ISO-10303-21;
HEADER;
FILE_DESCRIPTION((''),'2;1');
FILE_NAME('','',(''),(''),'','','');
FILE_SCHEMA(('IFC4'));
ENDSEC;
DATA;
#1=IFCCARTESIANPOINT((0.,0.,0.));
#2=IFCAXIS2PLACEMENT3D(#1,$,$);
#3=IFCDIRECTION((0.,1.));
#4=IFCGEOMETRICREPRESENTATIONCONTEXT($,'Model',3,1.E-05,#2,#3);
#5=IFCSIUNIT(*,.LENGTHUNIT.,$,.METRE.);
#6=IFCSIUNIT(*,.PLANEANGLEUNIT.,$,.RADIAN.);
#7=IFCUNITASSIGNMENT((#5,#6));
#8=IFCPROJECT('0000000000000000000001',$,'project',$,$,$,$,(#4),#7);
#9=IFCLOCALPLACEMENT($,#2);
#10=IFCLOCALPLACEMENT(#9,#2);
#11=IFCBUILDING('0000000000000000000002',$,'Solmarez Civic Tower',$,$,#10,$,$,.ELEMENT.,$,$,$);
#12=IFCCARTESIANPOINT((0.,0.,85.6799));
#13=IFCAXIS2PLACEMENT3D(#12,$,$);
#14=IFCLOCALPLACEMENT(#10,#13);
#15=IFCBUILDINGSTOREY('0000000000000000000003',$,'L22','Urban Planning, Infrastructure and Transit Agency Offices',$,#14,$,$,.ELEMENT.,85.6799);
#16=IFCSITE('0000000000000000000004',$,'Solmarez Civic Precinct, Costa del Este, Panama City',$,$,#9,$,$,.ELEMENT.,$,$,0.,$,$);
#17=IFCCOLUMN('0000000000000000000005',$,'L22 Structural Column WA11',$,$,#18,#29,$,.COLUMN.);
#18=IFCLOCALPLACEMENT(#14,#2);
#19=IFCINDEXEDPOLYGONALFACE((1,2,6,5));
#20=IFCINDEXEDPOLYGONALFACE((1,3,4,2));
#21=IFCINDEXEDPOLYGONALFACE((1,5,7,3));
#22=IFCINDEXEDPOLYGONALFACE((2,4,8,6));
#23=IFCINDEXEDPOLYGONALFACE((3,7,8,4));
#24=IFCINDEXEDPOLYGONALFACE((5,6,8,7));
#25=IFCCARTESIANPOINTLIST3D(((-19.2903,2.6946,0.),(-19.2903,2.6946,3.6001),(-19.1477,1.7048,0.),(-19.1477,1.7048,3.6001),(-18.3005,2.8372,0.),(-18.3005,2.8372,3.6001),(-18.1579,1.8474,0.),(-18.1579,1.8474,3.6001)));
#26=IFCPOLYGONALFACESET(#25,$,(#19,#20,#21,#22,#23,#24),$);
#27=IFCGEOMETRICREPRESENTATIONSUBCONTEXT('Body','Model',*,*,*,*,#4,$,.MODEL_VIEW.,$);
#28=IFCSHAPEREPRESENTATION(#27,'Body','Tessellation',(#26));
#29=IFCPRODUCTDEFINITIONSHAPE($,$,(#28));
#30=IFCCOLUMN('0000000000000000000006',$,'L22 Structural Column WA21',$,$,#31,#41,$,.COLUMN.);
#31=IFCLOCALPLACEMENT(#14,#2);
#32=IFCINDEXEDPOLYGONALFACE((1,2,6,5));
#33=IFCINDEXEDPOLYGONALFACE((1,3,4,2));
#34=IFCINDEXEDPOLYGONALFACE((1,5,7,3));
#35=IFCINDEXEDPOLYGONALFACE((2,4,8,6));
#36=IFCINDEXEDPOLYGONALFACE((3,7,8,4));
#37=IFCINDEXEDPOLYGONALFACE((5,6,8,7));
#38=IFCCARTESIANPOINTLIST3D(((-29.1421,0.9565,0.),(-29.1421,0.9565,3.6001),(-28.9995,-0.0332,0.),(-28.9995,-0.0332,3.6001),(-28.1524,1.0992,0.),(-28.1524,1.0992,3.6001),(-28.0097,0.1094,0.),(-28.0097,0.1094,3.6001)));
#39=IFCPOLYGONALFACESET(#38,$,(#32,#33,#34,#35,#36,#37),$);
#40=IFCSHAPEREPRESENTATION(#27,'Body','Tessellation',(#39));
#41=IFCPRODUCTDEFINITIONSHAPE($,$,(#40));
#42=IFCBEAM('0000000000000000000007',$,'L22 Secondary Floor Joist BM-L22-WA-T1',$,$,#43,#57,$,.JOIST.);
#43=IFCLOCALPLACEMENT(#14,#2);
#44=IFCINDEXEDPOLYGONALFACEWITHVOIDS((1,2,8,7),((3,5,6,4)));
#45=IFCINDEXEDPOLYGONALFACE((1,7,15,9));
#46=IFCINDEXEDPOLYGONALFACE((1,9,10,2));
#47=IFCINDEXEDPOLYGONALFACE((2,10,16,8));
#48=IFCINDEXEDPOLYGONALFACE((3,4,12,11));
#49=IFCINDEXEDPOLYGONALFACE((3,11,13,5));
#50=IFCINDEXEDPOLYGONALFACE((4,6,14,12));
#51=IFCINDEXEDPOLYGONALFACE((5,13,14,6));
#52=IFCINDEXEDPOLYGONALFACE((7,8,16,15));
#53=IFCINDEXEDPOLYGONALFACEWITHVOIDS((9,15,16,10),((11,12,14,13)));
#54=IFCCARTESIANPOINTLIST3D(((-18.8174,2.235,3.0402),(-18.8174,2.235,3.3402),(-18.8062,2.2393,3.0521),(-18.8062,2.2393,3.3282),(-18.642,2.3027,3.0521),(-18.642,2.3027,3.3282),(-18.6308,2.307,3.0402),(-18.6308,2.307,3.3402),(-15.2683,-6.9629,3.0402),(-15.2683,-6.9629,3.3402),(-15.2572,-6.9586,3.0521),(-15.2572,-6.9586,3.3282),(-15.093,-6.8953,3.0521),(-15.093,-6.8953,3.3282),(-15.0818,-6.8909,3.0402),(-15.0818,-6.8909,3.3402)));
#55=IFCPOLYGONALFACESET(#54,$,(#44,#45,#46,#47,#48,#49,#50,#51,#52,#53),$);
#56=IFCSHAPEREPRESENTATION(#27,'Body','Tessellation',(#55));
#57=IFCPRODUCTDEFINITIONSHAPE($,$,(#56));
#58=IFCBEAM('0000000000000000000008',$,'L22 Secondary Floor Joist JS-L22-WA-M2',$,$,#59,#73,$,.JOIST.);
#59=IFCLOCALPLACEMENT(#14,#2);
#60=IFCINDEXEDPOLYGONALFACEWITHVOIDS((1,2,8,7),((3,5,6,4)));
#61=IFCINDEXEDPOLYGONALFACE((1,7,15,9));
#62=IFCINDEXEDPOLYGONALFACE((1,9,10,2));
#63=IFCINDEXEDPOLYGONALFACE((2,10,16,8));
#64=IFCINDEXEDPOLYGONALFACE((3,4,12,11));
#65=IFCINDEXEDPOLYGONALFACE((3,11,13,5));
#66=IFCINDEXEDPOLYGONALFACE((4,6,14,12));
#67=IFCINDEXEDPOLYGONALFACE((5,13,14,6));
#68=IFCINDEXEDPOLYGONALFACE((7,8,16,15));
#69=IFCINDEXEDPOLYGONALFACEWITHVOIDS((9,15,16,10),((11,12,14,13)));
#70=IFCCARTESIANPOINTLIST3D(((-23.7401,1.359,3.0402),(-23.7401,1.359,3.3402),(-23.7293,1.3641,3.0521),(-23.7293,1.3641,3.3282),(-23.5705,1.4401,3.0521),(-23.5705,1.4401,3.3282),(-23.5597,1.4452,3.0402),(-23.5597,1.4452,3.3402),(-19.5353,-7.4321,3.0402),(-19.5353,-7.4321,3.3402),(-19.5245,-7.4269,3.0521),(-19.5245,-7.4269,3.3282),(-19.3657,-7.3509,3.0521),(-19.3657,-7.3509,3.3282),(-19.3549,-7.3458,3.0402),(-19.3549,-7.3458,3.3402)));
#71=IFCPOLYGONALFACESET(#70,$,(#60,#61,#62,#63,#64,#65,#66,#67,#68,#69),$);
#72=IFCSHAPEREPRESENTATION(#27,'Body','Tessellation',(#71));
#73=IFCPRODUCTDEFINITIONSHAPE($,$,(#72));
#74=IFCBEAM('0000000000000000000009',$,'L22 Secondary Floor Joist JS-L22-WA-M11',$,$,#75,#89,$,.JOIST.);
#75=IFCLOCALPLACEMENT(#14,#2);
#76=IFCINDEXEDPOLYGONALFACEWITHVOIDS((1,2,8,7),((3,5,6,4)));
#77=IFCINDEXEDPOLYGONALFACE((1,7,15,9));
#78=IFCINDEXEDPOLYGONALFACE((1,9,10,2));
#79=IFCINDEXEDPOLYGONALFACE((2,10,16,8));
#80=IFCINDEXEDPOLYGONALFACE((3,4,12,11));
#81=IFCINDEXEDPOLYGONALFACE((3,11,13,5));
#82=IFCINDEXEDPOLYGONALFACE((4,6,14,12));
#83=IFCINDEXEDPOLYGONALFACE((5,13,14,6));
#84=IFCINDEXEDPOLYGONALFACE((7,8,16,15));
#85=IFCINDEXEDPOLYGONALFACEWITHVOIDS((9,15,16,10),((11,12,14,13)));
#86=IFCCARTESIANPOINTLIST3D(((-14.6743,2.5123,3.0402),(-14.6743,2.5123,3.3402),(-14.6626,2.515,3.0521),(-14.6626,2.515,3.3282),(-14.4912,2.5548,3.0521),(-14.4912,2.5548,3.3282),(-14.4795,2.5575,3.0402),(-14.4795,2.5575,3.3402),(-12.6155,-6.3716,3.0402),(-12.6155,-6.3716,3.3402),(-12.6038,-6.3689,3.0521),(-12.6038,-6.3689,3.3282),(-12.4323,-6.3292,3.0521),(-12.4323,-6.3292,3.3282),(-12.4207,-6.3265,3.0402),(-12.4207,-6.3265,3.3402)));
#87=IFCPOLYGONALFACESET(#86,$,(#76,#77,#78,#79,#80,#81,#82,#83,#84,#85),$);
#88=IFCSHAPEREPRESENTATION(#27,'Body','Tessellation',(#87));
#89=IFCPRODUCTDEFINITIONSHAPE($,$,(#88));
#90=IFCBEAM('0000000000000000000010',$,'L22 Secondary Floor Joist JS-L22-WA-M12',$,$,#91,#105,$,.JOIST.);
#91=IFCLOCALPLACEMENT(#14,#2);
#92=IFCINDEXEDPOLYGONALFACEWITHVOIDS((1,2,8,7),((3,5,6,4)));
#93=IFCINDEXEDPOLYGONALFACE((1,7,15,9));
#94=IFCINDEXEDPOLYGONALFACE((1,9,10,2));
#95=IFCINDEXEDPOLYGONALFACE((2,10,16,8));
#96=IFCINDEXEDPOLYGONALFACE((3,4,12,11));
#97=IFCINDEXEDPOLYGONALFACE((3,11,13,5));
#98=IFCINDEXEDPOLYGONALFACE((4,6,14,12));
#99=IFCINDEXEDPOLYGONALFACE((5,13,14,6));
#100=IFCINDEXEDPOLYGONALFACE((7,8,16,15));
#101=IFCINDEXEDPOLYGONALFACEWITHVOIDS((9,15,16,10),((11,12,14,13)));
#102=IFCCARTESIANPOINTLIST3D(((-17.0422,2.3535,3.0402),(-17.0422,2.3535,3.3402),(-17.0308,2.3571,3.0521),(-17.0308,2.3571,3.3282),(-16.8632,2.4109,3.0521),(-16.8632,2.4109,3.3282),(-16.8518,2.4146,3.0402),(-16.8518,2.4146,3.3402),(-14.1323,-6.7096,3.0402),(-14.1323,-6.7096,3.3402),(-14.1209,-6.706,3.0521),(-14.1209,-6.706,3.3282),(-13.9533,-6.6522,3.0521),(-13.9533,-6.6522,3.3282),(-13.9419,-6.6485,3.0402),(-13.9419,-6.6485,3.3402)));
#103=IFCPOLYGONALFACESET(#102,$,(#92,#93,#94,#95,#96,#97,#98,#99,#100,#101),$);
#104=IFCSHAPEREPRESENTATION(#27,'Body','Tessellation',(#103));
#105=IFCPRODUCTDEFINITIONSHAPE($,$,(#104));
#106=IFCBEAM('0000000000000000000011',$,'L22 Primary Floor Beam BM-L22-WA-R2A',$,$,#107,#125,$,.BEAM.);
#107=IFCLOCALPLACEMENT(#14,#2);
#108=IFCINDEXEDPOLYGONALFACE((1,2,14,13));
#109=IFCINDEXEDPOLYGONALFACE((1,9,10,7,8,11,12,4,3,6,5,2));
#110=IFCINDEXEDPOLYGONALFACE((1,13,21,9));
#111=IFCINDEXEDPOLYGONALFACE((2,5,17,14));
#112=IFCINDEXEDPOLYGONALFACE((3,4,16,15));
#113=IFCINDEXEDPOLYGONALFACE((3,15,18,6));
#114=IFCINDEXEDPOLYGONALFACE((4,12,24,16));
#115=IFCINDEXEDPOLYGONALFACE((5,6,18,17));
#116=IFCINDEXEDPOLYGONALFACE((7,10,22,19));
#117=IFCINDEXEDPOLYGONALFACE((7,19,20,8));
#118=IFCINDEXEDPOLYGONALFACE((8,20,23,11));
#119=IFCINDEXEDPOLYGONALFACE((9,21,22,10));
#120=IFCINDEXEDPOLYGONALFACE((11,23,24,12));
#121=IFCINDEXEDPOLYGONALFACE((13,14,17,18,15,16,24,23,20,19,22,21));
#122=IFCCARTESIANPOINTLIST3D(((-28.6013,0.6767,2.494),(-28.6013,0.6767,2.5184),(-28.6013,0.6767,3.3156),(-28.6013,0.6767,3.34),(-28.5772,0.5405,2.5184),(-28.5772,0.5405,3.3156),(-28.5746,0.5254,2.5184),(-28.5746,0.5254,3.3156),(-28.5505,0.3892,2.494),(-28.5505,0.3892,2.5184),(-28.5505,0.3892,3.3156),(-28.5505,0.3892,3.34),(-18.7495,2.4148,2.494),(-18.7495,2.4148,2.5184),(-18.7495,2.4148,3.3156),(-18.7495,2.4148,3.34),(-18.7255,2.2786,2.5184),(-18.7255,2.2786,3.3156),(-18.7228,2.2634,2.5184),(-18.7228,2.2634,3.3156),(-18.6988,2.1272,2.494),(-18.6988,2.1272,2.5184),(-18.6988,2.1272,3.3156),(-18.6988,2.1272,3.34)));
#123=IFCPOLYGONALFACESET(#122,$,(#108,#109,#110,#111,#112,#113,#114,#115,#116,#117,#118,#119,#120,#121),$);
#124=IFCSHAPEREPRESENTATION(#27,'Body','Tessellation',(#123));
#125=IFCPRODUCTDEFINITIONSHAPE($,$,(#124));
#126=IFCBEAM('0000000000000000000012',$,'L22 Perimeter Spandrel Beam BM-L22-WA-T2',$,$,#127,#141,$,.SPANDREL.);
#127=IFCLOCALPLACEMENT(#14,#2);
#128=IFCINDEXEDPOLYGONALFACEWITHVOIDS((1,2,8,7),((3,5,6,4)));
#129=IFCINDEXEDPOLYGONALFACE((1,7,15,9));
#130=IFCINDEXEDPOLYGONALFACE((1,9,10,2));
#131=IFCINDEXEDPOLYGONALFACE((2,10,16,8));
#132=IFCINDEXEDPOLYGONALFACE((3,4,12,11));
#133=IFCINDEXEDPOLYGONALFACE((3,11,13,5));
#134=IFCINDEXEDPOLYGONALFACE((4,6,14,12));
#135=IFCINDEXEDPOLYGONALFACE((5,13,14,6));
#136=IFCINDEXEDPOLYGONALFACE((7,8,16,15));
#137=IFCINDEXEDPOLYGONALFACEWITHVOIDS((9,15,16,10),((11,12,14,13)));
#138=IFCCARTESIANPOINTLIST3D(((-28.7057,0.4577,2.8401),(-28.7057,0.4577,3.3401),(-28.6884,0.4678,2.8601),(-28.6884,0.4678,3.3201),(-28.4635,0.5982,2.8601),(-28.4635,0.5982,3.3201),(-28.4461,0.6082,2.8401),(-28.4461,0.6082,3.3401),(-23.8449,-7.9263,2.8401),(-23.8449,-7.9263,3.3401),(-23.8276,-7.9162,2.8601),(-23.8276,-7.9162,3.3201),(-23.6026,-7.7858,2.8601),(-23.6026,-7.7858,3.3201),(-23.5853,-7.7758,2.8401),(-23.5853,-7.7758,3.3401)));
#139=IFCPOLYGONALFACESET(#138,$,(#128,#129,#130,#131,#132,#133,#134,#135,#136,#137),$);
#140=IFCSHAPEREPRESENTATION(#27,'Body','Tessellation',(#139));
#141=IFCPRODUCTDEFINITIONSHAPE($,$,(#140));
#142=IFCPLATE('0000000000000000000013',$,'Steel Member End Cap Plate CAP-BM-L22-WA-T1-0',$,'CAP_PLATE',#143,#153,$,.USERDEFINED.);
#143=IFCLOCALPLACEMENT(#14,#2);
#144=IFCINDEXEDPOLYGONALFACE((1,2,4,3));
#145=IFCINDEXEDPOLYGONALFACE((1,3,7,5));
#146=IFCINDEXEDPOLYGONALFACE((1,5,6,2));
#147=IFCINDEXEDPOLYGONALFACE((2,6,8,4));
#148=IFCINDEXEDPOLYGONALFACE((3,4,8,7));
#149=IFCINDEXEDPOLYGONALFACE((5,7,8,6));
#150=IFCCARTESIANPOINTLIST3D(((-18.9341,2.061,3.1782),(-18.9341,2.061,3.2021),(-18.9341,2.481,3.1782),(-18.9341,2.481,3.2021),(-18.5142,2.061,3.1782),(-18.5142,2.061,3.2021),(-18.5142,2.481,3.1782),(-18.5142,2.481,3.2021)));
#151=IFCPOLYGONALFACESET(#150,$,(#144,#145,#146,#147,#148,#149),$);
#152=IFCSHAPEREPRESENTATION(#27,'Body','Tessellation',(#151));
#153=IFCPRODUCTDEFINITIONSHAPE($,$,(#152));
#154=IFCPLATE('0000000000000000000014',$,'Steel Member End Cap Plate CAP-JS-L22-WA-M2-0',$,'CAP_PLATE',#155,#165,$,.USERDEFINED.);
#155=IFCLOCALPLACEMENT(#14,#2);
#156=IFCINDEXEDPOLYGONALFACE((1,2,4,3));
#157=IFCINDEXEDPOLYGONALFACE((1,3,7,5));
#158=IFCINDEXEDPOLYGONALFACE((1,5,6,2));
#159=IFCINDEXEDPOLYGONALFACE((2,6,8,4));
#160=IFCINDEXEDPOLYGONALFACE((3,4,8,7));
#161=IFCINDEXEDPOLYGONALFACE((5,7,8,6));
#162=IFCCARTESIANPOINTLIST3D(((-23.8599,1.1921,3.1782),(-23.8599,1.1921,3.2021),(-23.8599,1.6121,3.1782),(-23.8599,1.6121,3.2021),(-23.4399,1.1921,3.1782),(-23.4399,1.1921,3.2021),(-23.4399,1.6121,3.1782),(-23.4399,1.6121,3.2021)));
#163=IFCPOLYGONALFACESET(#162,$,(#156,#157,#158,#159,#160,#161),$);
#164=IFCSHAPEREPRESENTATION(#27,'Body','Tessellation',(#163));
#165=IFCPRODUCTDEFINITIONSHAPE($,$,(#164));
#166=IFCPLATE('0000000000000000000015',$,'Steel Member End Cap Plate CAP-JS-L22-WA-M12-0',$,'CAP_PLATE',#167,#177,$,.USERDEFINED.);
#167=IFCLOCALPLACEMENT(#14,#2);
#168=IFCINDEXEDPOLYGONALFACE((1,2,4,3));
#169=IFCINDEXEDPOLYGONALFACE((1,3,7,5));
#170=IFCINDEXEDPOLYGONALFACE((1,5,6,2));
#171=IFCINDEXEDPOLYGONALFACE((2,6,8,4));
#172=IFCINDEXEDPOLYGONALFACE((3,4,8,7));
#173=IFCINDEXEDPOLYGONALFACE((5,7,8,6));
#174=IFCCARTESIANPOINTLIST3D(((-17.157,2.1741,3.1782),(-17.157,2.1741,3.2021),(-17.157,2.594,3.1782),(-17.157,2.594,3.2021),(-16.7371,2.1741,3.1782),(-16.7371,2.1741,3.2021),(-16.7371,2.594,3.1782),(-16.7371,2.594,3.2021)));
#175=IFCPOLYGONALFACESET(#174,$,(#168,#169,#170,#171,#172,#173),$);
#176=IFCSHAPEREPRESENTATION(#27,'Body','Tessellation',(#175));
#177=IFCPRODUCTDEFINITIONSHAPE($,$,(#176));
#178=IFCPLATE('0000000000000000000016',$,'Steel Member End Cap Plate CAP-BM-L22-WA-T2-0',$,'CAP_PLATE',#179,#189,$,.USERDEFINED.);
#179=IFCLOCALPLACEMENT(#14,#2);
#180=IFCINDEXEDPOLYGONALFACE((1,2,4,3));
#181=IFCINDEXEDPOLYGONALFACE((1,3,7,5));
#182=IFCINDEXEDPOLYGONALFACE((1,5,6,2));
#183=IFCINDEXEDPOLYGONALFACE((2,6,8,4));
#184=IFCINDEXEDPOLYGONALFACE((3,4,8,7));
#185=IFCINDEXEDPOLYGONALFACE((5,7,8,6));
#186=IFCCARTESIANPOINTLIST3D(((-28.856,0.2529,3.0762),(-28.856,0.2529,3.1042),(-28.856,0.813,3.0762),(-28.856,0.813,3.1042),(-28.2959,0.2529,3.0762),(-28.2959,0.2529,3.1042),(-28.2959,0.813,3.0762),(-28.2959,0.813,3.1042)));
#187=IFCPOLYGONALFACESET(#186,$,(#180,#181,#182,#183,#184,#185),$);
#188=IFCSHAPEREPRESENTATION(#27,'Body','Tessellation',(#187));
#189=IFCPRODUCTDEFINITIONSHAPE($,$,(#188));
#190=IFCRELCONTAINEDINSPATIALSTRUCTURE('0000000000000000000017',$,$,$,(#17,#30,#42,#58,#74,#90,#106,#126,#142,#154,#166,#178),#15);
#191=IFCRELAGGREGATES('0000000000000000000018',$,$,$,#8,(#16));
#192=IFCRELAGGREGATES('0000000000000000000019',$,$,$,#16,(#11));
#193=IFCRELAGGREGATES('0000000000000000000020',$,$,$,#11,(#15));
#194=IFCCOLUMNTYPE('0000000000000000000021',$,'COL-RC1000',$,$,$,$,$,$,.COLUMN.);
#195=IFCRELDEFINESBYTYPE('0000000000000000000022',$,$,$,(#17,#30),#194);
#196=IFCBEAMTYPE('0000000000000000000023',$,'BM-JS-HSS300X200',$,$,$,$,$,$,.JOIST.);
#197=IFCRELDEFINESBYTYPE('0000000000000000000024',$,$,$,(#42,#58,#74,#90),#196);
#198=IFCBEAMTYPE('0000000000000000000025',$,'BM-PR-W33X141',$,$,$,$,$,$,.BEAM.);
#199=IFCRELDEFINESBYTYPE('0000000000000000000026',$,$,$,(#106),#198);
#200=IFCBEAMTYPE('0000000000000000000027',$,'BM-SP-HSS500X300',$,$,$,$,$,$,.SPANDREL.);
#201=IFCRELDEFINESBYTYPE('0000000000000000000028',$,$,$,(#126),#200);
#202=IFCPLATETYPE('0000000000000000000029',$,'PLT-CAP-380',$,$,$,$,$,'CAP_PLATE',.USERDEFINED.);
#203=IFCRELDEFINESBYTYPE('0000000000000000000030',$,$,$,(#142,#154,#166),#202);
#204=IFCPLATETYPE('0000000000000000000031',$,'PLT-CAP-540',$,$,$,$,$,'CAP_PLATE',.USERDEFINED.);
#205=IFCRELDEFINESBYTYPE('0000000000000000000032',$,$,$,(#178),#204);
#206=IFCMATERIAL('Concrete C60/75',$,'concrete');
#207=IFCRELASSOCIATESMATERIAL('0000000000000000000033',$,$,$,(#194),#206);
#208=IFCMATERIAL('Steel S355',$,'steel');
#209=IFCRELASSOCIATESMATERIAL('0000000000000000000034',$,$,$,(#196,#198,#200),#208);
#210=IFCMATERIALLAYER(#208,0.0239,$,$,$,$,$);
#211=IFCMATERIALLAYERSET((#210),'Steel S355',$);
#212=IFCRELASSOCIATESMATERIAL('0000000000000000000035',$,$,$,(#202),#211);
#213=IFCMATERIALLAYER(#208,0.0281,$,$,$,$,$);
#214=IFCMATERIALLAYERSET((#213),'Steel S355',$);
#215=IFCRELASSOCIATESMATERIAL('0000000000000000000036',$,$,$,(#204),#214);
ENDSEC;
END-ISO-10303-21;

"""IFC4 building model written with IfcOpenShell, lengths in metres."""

from ifc_helpers import new_model, si_unit, direction, frame, origin, origin_2d, place, context, subcontext, project, spatial, rectangle, hollow_rectangle, i_section, extrude, material, layer, layer_set, material_profile, profile_set, type_object, element, save


model = new_model("IFC4")

# Units and contexts
model_context = context("Model", 3, precision=1e-05, world=origin(), true_north=direction((0.0, 1.0)))
body_context = subcontext(model_context, "Body", "Model", "MODEL_VIEW")
ifc_project = project(units=[si_unit("LENGTHUNIT", "METRE"), si_unit("PLANEANGLEUNIT", "RADIAN")], contexts=[model_context])

# Site, building, storey
site_placement = place(None, origin())
site = spatial("IfcSite", under=ifc_project, at=site_placement, Name="Solmarez Civic Precinct, Costa del Este, Panama City", CompositionType="ELEMENT", RefElevation=0.0)
building_placement = place(site_placement, origin())
building = spatial("IfcBuilding", under=site, at=building_placement, Name="Solmarez Civic Tower", CompositionType="ELEMENT")
storey_placement = place(building_placement, frame((0.0, 0.0, 85.6799)))
storey = spatial("IfcBuildingStorey", under=building, at=storey_placement, Name="L22", Description="Urban Planning, Infrastructure and Transit Agency Offices", CompositionType="ELEMENT", Elevation=85.6799)

# Columns
ifc_material_1 = material(Name="Concrete C60/75", Category="concrete")
ifc_material_profile_1 = material_profile(ifc_material_1, rectangle(XDim=1.0, YDim=1.0, at=origin_2d()), Name="RC1000X1000")
ifc_profile_set_1 = profile_set([ifc_material_profile_1], Name="Concrete C60/75")
column_type = type_object("IfcColumnType", Name="COL-RC1000", PredefinedType="COLUMN", material=ifc_profile_set_1)
for number, where, z_axis, x_axis, name in (
    (1, (-18.7241, 2.271, 0.0), (0.0, 0.0, 1.0), (0.989776, 0.142629, 0.0), "L22 Structural Column WA11"),
    (2, (-28.5759, 0.533, 0.0), (0.0, 0.0, 1.0), (0.989776, 0.142629, 0.0), "L22 Structural Column WA21"),
):
    element("IfcColumn", number, at=place(storey_placement, frame(where, z_axis=z_axis, x_axis=x_axis)), inside=storey, type_object=column_type, Name=name, PredefinedType="COLUMN", context=body_context, shape_type="SweptSolid", body=[
        extrude(rectangle(XDim=1.0, YDim=1.0, at=origin_2d()), origin(), (0.0, 0.0, 1.0), 3.6001),
    ])

# Beams
ifc_material_2 = material(Name="Steel S355", Category="steel")
ifc_material_profile_2 = material_profile(ifc_material_2, hollow_rectangle(XDim=0.2, YDim=0.3, WallThickness=0.012, at=origin_2d()), Name="HSS300X200X12")
ifc_profile_set_2 = profile_set([ifc_material_profile_2], Name="Steel S355")
beam_type_1 = type_object("IfcBeamType", Name="BM-JS-HSS300X200", PredefinedType="JOIST", material=ifc_profile_set_2)
beam_1_placement = place(storey_placement, frame((-18.7241, 2.271, 3.1902), z_axis=(0.359984, -0.932958, 0.0), x_axis=(0.932958, 0.359984, 0.0)))
element("IfcBeam", 3, at=beam_1_placement, inside=storey, type_object=beam_type_1, Name="L22 Secondary Floor Joist BM-L22-WA-T1", PredefinedType="JOIST", context=body_context, shape_type="SweptSolid", body=[
    extrude(hollow_rectangle(XDim=0.2, YDim=0.3, WallThickness=0.012, at=origin_2d()), origin(), (0.0, 0.0, 1.0), 9.8589),
])
beam_2_placement = place(storey_placement, frame((-23.6499, 1.4021, 3.1902), z_axis=(0.431492, -0.902117, 0.0), x_axis=(0.902117, 0.431492, 0.0)))
element("IfcBeam", 4, at=beam_2_placement, inside=storey, type_object=beam_type_1, Name="L22 Secondary Floor Joist JS-L22-WA-M2", PredefinedType="JOIST", context=body_context, shape_type="SweptSolid", body=[
    extrude(hollow_rectangle(XDim=0.2, YDim=0.3, WallThickness=0.012, at=origin_2d()), origin(), (0.0, 0.0, 1.0), 9.7449),
])
beam_3_placement = place(storey_placement, frame((-14.5769, 2.5349, 3.1902), z_axis=(0.225763, -0.974182, 0.0), x_axis=(0.974182, 0.225763, 0.0)))
element("IfcBeam", 5, at=beam_3_placement, inside=storey, type_object=beam_type_1, Name="L22 Secondary Floor Joist JS-L22-WA-M11", PredefinedType="JOIST", context=body_context, shape_type="SweptSolid", body=[
    extrude(hollow_rectangle(XDim=0.2, YDim=0.3, WallThickness=0.012, at=origin_2d()), origin(), (0.0, 0.0, 1.0), 9.1194),
])
beam_4_placement = place(storey_placement, frame((-16.947, 2.384, 3.1902), z_axis=(0.305705, -0.952126, 0.0), x_axis=(0.952126, 0.305705, 0.0)))
element("IfcBeam", 6, at=beam_4_placement, inside=storey, type_object=beam_type_1, Name="L22 Secondary Floor Joist JS-L22-WA-M12", PredefinedType="JOIST", context=body_context, shape_type="SweptSolid", body=[
    extrude(hollow_rectangle(XDim=0.2, YDim=0.3, WallThickness=0.012, at=origin_2d()), origin(), (0.0, 0.0, 1.0), 9.5188),
])
ifc_material_profile_3 = material_profile(ifc_material_2, i_section(OverallWidth=0.292, OverallDepth=0.8459, WebThickness=0.0154, FlangeThickness=0.0244, at=origin_2d()), Name="W33X141")
ifc_profile_set_3 = profile_set([ifc_material_profile_3], Name="Steel S355")
beam_type_2 = type_object("IfcBeamType", Name="BM-PR-W33X141", PredefinedType="BEAM", material=ifc_profile_set_3)
beam_5_placement = place(storey_placement, frame((-18.7241, 2.271, 2.917), z_axis=(-0.984792, -0.173735, 0.0), x_axis=(0.173735, -0.984792, 0.0)))
element("IfcBeam", 7, at=beam_5_placement, inside=storey, type_object=beam_type_2, Name="L22 Primary Floor Beam BM-L22-WA-R2A", PredefinedType="BEAM", context=body_context, shape_type="SweptSolid", body=[
    extrude(i_section(OverallWidth=0.292, OverallDepth=0.8459, WebThickness=0.0154, FlangeThickness=0.0244, at=origin_2d()), origin(), (0.0, 0.0, 1.0), 10.0039),
])
ifc_material_profile_4 = material_profile(ifc_material_2, hollow_rectangle(XDim=0.3, YDim=0.5, WallThickness=0.02, at=origin_2d()), Name="HSS500X300X20")
ifc_profile_set_4 = profile_set([ifc_material_profile_4], Name="Steel S355")
beam_type_3 = type_object("IfcBeamType", Name="BM-SP-HSS500X300", PredefinedType="SPANDREL", material=ifc_profile_set_4)
beam_6_placement = place(storey_placement, frame((-28.5759, 0.533, 3.0901), z_axis=(0.501571, -0.865116, 0.0), x_axis=(0.865116, 0.501571, 0.0)))
element("IfcBeam", 8, at=beam_6_placement, inside=storey, type_object=beam_type_3, Name="L22 Perimeter Spandrel Beam BM-L22-WA-T2", PredefinedType="SPANDREL", context=body_context, shape_type="SweptSolid", body=[
    extrude(hollow_rectangle(XDim=0.3, YDim=0.5, WallThickness=0.02, at=origin_2d()), origin(), (0.0, 0.0, 1.0), 9.6912),
])

# Plates
ifc_layer_1 = layer(ifc_material_2, 0.0239)
ifc_layer_set_1 = layer_set([ifc_layer_1], Name="Steel S355")
plate_type_1 = type_object("IfcPlateType", Name="PLT-CAP-380", ElementType="CAP_PLATE", PredefinedType="USERDEFINED", material=ifc_layer_set_1)
for number, where, z_axis, x_axis, name in (
    (9, (-18.7241, 2.271, 3.1782), (0.0, 0.0, 1.0), (1.0, 0.0, 0.0), "Steel Member End Cap Plate CAP-BM-L22-WA-T1-0"),
    (10, (-23.6499, 1.4021, 3.1782), (0.0, 0.0, 1.0), (1.0, 0.0, 0.0), "Steel Member End Cap Plate CAP-JS-L22-WA-M2-0"),
    (11, (-16.947, 2.384, 3.1782), (0.0, 0.0, 1.0), (1.0, 0.0, 0.0), "Steel Member End Cap Plate CAP-JS-L22-WA-M12-0"),
):
    element("IfcPlate", number, at=place(storey_placement, frame(where, z_axis=z_axis, x_axis=x_axis)), inside=storey, type_object=plate_type_1, Name=name, ObjectType="CAP_PLATE", PredefinedType="USERDEFINED", context=body_context, shape_type="SweptSolid", body=[
        extrude(rectangle(XDim=0.4199, YDim=0.4199, at=origin_2d()), origin(), (0.0, 0.0, 1.0), 0.0239),
    ])
ifc_layer_2 = layer(ifc_material_2, 0.0281)
ifc_layer_set_2 = layer_set([ifc_layer_2], Name="Steel S355")
plate_type_2 = type_object("IfcPlateType", Name="PLT-CAP-540", ElementType="CAP_PLATE", PredefinedType="USERDEFINED", material=ifc_layer_set_2)
plate_placement = place(storey_placement, frame((-28.5759, 0.533, 3.0762), z_axis=(0.0, 0.0, 1.0), x_axis=(1.0, 0.0, 0.0)))
element("IfcPlate", 12, at=plate_placement, inside=storey, type_object=plate_type_2, Name="Steel Member End Cap Plate CAP-BM-L22-WA-T2-0", ObjectType="CAP_PLATE", PredefinedType="USERDEFINED", context=body_context, shape_type="SweptSolid", body=[
    extrude(rectangle(XDim=0.5601, YDim=0.5601, at=origin_2d()), origin(), (0.0, 0.0, 1.0), 0.0281),
])

save(model, "model.ifc")
